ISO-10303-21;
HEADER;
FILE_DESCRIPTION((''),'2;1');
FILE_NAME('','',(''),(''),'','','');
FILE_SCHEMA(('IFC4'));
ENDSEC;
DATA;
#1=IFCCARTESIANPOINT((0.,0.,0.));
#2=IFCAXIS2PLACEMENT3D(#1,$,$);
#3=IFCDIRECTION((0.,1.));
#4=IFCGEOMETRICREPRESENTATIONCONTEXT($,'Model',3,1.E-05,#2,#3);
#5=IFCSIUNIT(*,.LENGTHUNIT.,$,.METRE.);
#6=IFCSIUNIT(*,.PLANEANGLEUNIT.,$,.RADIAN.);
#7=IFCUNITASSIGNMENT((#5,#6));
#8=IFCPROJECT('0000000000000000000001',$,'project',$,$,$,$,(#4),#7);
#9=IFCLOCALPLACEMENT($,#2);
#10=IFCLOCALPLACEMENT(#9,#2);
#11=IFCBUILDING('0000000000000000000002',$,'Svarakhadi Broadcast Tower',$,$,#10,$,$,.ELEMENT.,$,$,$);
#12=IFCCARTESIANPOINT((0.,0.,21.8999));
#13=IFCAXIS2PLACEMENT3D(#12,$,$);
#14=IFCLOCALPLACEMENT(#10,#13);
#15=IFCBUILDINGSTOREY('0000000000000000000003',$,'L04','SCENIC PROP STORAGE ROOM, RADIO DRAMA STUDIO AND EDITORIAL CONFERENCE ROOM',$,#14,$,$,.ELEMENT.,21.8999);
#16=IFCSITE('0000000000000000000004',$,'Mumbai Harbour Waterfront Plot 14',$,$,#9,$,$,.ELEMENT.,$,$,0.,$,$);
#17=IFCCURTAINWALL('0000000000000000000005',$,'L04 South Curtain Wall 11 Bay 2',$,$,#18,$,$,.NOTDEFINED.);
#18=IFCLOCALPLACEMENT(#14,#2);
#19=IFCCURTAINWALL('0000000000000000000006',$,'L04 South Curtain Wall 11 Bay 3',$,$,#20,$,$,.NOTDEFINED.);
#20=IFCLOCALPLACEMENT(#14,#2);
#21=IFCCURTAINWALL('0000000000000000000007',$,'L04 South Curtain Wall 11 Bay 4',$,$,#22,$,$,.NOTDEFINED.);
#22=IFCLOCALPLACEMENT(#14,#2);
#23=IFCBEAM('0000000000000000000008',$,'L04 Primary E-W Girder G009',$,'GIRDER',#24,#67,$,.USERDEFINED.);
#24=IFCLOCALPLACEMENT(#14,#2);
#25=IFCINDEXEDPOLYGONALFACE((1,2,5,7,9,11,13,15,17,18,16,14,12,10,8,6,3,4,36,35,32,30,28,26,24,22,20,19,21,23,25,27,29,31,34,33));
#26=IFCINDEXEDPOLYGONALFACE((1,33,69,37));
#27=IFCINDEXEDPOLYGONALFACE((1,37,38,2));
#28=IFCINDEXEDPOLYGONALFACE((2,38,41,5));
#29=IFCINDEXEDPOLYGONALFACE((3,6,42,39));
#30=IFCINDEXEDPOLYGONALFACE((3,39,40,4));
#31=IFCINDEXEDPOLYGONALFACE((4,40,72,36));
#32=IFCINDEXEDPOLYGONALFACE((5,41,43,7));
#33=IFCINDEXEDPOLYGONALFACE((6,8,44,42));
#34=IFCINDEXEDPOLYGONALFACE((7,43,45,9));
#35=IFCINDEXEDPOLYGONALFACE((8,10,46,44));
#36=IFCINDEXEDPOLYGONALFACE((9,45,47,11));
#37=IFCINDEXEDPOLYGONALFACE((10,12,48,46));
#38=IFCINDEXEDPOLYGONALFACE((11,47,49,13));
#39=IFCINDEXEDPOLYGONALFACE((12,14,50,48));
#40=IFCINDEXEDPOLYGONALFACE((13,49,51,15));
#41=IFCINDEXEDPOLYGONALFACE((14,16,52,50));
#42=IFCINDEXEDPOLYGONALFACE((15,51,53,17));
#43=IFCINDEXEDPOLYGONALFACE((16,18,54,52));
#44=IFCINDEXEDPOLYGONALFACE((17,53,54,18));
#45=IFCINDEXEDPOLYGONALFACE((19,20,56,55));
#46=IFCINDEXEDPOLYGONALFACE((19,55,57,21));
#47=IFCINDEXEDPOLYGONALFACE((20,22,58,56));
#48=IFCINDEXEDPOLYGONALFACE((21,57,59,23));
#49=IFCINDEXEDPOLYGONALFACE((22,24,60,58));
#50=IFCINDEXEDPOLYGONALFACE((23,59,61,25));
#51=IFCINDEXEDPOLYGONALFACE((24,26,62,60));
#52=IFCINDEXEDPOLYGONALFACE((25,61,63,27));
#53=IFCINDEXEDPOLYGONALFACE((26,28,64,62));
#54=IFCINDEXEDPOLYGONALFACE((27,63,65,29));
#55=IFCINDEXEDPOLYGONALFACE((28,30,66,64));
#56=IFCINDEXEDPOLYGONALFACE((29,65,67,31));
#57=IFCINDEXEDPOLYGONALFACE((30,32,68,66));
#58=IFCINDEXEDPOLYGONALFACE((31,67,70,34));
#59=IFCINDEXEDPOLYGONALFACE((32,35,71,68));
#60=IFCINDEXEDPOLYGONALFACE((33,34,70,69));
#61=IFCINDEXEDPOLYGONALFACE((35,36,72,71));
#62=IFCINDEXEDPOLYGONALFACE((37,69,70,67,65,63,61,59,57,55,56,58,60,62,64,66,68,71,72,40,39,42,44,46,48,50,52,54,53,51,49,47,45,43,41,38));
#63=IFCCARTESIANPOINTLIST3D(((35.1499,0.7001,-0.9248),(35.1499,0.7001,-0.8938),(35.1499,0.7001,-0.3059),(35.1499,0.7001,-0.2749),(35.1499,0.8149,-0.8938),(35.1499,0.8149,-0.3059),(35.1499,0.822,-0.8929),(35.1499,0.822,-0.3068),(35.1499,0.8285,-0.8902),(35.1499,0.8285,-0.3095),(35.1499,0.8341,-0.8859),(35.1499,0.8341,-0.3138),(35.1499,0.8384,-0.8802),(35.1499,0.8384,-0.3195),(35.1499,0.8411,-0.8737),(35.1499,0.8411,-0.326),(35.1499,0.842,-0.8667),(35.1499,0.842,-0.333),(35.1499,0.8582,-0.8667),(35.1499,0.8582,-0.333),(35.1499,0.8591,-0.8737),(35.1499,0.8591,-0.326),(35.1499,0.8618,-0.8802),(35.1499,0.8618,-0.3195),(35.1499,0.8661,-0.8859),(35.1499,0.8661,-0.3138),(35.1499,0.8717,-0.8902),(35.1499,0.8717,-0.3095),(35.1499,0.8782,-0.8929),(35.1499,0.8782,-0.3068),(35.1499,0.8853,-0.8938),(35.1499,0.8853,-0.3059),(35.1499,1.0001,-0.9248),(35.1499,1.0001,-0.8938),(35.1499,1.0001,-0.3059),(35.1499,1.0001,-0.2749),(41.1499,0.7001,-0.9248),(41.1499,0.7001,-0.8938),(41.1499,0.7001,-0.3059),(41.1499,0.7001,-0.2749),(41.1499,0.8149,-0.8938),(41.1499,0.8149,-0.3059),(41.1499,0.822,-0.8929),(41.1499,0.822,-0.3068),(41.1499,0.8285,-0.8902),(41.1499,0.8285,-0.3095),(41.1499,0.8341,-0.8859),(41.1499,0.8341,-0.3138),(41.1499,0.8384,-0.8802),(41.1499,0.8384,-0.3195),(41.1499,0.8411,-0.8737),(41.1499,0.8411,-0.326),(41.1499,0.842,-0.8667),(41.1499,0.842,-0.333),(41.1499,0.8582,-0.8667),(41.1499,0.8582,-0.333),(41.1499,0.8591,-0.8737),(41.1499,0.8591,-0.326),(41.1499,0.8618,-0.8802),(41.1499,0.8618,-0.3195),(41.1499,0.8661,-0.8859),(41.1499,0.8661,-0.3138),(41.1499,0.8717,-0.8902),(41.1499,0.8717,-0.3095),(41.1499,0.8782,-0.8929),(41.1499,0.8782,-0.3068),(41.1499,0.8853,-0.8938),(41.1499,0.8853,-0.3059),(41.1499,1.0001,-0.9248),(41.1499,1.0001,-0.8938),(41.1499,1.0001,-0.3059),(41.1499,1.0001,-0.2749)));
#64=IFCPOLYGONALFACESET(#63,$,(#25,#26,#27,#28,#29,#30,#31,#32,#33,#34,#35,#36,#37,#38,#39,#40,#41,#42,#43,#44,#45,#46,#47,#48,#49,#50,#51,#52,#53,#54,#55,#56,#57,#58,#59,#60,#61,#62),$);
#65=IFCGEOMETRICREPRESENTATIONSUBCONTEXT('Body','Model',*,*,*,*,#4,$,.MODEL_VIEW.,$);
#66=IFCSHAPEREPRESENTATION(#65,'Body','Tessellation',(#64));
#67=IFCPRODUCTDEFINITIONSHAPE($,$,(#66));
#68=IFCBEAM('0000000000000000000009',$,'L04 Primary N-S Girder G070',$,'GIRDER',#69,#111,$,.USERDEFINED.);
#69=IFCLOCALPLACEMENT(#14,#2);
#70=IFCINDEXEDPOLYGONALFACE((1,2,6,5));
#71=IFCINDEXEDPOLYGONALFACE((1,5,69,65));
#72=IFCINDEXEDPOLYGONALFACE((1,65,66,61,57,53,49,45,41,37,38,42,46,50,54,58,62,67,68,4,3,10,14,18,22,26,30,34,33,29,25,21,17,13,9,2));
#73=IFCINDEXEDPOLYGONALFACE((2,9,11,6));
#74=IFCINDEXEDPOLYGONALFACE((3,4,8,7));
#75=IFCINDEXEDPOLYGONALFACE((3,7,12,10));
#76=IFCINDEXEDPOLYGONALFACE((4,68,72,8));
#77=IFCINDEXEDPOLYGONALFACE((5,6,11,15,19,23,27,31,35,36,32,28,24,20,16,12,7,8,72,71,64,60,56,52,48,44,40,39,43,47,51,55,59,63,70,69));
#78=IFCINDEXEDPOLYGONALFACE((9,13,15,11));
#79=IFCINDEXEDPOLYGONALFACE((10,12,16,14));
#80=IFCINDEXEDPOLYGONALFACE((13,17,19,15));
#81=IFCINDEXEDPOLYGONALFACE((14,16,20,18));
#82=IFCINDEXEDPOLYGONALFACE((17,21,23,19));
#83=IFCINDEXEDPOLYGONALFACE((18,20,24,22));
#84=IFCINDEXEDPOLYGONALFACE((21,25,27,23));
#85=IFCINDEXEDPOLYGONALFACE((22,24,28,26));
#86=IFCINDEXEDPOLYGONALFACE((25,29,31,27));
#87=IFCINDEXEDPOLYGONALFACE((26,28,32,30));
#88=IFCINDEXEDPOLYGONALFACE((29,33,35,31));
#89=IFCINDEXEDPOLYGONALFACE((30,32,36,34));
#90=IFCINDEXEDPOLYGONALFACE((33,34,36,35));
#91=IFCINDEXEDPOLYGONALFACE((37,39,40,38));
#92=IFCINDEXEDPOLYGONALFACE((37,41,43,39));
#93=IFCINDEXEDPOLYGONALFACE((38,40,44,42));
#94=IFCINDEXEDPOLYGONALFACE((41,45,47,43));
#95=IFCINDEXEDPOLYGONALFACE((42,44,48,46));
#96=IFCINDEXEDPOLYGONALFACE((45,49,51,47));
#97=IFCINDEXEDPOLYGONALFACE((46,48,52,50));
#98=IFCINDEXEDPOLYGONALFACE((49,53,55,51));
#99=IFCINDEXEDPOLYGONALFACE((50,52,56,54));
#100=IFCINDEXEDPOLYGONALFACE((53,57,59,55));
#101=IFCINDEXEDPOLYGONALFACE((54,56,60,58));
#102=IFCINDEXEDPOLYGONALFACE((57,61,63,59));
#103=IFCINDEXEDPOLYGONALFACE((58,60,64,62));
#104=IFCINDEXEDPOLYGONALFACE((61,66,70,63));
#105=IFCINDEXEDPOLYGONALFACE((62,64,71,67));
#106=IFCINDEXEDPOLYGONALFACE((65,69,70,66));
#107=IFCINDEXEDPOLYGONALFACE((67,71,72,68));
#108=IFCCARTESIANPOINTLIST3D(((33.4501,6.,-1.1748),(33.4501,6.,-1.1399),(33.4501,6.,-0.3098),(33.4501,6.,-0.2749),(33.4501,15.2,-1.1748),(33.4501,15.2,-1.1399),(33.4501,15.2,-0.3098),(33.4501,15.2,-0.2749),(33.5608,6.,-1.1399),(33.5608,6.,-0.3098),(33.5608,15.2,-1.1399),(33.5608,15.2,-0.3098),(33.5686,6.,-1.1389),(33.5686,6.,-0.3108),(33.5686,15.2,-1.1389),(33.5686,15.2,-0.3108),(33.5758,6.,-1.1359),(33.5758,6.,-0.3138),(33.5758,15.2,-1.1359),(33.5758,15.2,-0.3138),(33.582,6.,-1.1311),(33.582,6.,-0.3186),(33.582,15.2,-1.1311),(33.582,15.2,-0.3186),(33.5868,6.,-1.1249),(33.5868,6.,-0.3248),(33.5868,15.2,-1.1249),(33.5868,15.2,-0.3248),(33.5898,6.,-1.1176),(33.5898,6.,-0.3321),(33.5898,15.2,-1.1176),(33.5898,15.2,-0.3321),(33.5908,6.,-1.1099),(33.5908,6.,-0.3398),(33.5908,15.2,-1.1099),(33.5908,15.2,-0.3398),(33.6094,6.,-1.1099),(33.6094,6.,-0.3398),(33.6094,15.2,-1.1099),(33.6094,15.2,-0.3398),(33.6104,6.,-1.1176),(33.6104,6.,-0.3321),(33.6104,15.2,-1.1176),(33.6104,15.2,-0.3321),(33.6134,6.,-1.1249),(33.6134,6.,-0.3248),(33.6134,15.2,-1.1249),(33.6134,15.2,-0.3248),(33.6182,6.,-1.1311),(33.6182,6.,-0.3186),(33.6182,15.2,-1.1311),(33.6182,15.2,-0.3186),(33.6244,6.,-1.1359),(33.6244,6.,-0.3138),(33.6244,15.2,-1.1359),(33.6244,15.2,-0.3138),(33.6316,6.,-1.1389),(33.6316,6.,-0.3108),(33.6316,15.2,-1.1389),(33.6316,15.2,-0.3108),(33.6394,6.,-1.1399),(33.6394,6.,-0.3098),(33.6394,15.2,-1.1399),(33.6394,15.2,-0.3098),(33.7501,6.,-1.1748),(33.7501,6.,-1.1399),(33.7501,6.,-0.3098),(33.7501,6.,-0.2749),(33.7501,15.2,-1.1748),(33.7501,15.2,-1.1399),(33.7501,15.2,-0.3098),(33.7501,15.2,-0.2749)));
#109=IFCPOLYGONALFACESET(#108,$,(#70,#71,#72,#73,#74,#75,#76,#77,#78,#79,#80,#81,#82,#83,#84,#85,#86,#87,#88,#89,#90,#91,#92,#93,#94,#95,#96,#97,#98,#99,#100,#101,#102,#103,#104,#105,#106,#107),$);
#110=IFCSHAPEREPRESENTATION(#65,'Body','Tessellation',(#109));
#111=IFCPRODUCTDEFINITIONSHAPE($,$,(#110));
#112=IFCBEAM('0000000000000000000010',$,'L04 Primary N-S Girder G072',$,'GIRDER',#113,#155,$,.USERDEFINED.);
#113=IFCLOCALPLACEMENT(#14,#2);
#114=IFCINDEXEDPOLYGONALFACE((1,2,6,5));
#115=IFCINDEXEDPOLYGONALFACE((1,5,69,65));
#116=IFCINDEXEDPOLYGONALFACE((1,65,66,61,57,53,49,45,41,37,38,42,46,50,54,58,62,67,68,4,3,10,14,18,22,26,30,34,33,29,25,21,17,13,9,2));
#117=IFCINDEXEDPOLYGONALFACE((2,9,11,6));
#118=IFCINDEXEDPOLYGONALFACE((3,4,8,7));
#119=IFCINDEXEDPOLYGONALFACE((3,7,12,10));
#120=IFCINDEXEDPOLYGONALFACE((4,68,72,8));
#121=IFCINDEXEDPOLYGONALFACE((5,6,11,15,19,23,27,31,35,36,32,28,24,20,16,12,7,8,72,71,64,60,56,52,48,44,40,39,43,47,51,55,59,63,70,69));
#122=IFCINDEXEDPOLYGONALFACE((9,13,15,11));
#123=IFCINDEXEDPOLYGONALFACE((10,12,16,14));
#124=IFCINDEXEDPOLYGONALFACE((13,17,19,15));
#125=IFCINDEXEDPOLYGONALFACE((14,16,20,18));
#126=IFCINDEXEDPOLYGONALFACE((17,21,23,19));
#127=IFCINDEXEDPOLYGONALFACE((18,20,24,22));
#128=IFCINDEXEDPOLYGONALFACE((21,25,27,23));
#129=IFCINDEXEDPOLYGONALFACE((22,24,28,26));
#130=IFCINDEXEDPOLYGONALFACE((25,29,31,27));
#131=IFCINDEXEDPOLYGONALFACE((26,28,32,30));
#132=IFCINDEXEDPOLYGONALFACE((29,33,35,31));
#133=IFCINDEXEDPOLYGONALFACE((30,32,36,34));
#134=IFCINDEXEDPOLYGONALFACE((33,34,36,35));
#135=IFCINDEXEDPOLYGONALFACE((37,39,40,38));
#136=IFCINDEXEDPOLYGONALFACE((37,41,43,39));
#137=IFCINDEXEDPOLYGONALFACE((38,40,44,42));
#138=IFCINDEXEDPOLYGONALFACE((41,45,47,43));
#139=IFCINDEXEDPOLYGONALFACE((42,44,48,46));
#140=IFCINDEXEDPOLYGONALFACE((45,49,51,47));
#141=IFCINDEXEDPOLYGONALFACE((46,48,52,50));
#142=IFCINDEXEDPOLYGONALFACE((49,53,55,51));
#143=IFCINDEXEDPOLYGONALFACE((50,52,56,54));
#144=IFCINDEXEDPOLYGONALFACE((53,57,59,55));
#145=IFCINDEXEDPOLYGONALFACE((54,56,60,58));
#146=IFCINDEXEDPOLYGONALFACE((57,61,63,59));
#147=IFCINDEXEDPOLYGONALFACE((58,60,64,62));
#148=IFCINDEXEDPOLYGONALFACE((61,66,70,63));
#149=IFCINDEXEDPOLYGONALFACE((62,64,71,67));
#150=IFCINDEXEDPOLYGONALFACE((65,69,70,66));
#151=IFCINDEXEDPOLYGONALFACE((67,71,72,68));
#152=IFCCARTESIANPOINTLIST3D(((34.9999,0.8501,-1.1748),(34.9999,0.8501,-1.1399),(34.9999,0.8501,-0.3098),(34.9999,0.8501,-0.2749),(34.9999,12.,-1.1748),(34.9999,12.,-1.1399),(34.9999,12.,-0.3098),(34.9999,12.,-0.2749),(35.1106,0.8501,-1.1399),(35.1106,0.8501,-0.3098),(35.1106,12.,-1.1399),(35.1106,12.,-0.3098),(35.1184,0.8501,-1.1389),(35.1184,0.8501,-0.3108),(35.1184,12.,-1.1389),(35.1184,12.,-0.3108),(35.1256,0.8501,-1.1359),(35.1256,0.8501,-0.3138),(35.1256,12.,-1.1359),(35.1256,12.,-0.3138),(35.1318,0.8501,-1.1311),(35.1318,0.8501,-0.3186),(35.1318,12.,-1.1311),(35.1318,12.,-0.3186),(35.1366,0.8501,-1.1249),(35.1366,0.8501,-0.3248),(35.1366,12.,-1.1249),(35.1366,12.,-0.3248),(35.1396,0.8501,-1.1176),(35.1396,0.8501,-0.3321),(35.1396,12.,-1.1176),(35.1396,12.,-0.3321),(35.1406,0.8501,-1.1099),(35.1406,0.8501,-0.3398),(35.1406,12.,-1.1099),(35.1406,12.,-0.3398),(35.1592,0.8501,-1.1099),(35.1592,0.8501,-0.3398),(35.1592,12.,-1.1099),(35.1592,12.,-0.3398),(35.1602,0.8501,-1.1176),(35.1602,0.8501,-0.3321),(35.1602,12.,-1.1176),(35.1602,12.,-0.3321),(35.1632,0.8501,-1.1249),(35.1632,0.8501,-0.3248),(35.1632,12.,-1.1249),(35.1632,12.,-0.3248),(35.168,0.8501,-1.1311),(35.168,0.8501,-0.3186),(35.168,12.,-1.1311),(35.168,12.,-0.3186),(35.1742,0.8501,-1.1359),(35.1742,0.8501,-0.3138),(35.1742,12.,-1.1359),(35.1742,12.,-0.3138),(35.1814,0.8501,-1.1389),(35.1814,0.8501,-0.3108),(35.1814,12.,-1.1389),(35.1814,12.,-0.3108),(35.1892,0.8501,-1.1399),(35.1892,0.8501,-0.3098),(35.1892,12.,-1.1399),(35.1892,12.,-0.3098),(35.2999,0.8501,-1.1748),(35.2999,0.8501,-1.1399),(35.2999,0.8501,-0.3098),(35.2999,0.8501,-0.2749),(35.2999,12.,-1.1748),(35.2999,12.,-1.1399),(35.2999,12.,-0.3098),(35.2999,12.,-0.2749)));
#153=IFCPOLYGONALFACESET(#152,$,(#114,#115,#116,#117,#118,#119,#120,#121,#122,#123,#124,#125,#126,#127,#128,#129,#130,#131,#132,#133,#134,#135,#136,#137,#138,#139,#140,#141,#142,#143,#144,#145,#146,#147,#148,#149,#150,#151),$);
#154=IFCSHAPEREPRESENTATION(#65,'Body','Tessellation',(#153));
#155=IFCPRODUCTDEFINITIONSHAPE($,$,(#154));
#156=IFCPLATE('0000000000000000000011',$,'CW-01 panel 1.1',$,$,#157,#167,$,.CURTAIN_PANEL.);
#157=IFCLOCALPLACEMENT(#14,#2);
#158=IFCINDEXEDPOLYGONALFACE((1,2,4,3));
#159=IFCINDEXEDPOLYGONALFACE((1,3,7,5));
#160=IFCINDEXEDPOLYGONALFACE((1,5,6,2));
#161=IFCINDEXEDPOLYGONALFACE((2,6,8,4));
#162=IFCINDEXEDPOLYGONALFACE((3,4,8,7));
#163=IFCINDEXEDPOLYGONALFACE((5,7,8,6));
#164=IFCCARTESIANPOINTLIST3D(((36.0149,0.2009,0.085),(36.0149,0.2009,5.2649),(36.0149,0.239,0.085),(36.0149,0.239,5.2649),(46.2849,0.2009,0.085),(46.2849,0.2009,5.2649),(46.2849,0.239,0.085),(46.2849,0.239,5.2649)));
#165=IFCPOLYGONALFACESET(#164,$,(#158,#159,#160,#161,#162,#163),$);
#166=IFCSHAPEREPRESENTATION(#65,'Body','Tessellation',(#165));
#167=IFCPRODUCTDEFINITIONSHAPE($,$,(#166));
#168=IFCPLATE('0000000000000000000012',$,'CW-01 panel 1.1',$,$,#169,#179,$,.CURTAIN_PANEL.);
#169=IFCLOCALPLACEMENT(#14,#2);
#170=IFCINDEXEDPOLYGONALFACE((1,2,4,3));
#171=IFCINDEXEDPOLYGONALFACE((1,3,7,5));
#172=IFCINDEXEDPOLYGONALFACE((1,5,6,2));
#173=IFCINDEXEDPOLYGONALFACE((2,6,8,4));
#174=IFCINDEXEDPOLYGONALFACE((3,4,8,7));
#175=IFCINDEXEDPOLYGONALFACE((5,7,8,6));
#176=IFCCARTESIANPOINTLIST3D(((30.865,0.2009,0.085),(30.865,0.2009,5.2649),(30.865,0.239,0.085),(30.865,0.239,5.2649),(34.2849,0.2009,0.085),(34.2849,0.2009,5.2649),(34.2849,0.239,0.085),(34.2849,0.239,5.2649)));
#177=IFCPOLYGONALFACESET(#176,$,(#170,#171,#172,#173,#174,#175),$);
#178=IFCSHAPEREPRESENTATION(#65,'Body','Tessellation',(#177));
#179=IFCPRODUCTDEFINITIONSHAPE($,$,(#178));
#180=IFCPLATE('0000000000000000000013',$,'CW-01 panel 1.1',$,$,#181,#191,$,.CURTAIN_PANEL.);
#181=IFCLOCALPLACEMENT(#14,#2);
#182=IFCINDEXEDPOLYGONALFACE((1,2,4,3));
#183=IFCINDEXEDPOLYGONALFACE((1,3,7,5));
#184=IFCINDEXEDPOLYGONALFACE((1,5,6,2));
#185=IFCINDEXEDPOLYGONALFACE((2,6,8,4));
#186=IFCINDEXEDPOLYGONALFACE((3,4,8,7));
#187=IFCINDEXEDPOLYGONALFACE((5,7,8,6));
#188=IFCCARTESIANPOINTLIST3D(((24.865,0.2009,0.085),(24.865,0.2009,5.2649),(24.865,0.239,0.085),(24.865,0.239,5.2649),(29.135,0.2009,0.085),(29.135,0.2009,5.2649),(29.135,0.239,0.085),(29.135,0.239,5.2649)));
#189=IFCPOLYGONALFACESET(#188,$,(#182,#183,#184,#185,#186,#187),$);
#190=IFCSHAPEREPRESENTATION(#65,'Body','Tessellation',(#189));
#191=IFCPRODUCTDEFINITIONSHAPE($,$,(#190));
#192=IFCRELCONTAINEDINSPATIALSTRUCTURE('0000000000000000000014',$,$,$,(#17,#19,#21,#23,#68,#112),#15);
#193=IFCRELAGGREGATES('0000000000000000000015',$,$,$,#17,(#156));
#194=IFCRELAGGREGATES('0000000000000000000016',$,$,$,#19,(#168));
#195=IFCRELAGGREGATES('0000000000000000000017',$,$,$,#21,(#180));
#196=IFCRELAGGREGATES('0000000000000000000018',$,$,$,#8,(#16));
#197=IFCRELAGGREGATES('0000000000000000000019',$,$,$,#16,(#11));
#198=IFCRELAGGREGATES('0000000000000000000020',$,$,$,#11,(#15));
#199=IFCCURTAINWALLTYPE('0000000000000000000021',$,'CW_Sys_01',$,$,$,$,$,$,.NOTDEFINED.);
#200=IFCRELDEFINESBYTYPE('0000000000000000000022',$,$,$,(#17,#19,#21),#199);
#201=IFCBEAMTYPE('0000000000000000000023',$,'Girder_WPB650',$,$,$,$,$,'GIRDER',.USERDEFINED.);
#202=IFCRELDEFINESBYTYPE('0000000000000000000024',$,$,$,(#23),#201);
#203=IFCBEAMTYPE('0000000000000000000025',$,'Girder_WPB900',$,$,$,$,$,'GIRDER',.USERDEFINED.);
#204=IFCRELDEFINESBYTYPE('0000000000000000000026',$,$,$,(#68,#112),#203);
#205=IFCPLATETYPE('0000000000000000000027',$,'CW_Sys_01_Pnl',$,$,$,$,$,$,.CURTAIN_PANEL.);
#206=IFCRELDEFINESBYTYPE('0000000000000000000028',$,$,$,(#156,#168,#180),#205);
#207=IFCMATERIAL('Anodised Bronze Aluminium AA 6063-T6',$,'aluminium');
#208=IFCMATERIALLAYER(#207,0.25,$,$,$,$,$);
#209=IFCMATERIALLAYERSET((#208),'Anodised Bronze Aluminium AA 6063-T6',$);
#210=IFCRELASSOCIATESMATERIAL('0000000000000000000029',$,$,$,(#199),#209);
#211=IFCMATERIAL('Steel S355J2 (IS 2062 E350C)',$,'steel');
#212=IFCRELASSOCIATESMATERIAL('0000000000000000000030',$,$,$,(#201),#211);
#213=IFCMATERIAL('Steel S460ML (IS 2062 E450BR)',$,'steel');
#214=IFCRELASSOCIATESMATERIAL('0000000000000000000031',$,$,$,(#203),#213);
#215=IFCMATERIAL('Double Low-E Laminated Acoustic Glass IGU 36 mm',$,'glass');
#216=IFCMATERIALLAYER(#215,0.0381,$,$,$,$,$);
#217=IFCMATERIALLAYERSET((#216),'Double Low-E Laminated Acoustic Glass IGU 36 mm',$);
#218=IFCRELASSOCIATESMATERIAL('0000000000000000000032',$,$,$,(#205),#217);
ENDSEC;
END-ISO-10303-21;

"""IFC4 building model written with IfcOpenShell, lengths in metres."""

from ifc_helpers import new_model, si_unit, direction, frame, origin, origin_2d, place, context, subcontext, project, spatial, rectangle, i_section, extrude, material, layer, layer_set, material_profile, profile_set, type_object, element, aggregate, save


model = new_model("IFC4")

# Units and contexts
model_context = context("Model", 3, precision=1e-05, world=origin(), true_north=direction((0.0, 1.0)))
body_context = subcontext(model_context, "Body", "Model", "MODEL_VIEW")
ifc_project = project(units=[si_unit("LENGTHUNIT", "METRE"), si_unit("PLANEANGLEUNIT", "RADIAN")], contexts=[model_context])

# Site, building, storey
site_placement = place(None, origin())
site = spatial("IfcSite", under=ifc_project, at=site_placement, Name="Mumbai Harbour Waterfront Plot 14", CompositionType="ELEMENT", RefElevation=0.0)
building_placement = place(site_placement, origin())
building = spatial("IfcBuilding", under=site, at=building_placement, Name="Svarakhadi Broadcast Tower", CompositionType="ELEMENT")
storey_placement = place(building_placement, frame((0.0, 0.0, 21.8999)))
storey = spatial("IfcBuildingStorey", under=building, at=storey_placement, Name="L04", Description="SCENIC PROP STORAGE ROOM, RADIO DRAMA STUDIO AND EDITORIAL CONFERENCE ROOM", CompositionType="ELEMENT", Elevation=21.8999)

# Shared definitions
ifc_material_1 = material(Name="Steel S460ML (IS 2062 E450BR)", Category="steel")

# Shared definitions
ifc_material_2 = material(Name="Steel S355J2 (IS 2062 E350C)", Category="steel")

# Curtain wall
ifc_material_3 = material(Name="Anodised Bronze Aluminium AA 6063-T6", Category="aluminium")
ifc_layer_1 = layer(ifc_material_3, 0.25)
ifc_layer_set_1 = layer_set([ifc_layer_1], Name="Anodised Bronze Aluminium AA 6063-T6")
curtain_wall_type = type_object("IfcCurtainWallType", Name="CW_Sys_01", PredefinedType="NOTDEFINED", material=ifc_layer_set_1)
curtain_wall_1_placement = place(storey_placement, origin())
curtain_wall_1 = element("IfcCurtainWall", 1, at=curtain_wall_1_placement, inside=storey, type_object=curtain_wall_type, Name="L04 South Curtain Wall 11 Bay 2", PredefinedType="NOTDEFINED")

# Curtain walls
curtain_wall_2_placement = place(storey_placement, origin())
curtain_wall_2 = element("IfcCurtainWall", 2, at=curtain_wall_2_placement, inside=storey, type_object=curtain_wall_type, Name="L04 South Curtain Wall 11 Bay 3", PredefinedType="NOTDEFINED")
curtain_wall_3_placement = place(storey_placement, origin())
curtain_wall_3 = element("IfcCurtainWall", 3, at=curtain_wall_3_placement, inside=storey, type_object=curtain_wall_type, Name="L04 South Curtain Wall 11 Bay 4", PredefinedType="NOTDEFINED")

# Beams
ifc_material_profile_1 = material_profile(ifc_material_2, i_section(OverallWidth=0.3, OverallDepth=0.6499, WebThickness=0.0161, FlangeThickness=0.031, FilletRadius=0.0271, at=origin_2d()), Name="WPB 650x300x225")
ifc_profile_set_1 = profile_set([ifc_material_profile_1], Name="Steel S355J2 (IS 2062 E350C)")
beam_type_1 = type_object("IfcBeamType", Name="Girder_WPB650", ElementType="GIRDER", PredefinedType="USERDEFINED", material=ifc_profile_set_1)
beam_1_placement = place(storey_placement, frame((35.1499, 0.8501, -0.5999), z_axis=(1.0, 0.0, 0.0), x_axis=(0.0, 1.0, 0.0)))
element("IfcBeam", 4, at=beam_1_placement, inside=storey, type_object=beam_type_1, Name="L04 Primary E-W Girder G009", ObjectType="GIRDER", PredefinedType="USERDEFINED", context=body_context, shape_type="SweptSolid", body=[
    extrude(i_section(OverallWidth=0.3, OverallDepth=0.6499, WebThickness=0.0161, FlangeThickness=0.031, FilletRadius=0.0271, at=origin_2d()), origin(), (0.0, 0.0, 1.0), 6.0),
])
ifc_material_profile_2 = material_profile(ifc_material_1, i_section(OverallWidth=0.3, OverallDepth=0.8999, WebThickness=0.0186, FlangeThickness=0.0349, FilletRadius=0.03, at=origin_2d()), Name="WPB 900x300x291")
ifc_profile_set_2 = profile_set([ifc_material_profile_2], Name="Steel S460ML (IS 2062 E450BR)")
beam_type_2 = type_object("IfcBeamType", Name="Girder_WPB900", ElementType="GIRDER", PredefinedType="USERDEFINED", material=ifc_profile_set_2)
beam_2_placement = place(storey_placement, frame((33.6001, 6.0, -0.7249), z_axis=(0.0, 1.0, 0.0), x_axis=(-1.0, 0.0, 0.0)))
element("IfcBeam", 5, at=beam_2_placement, inside=storey, type_object=beam_type_2, Name="L04 Primary N-S Girder G070", ObjectType="GIRDER", PredefinedType="USERDEFINED", context=body_context, shape_type="SweptSolid", body=[
    extrude(i_section(OverallWidth=0.3, OverallDepth=0.8999, WebThickness=0.0186, FlangeThickness=0.0349, FilletRadius=0.03, at=origin_2d()), origin(), (0.0, 0.0, 1.0), 9.2),
])
beam_3_placement = place(storey_placement, frame((35.1499, 0.8501, -0.7249), z_axis=(0.0, 1.0, 0.0), x_axis=(-1.0, 0.0, 0.0)))
element("IfcBeam", 6, at=beam_3_placement, inside=storey, type_object=beam_type_2, Name="L04 Primary N-S Girder G072", ObjectType="GIRDER", PredefinedType="USERDEFINED", context=body_context, shape_type="SweptSolid", body=[
    extrude(i_section(OverallWidth=0.3, OverallDepth=0.8999, WebThickness=0.0186, FlangeThickness=0.0349, FilletRadius=0.03, at=origin_2d()), origin(), (0.0, 0.0, 1.0), 11.1499),
])

# Plates
ifc_material_4 = material(Name="Double Low-E Laminated Acoustic Glass IGU 36 mm", Category="glass")
ifc_layer_2 = layer(ifc_material_4, 0.0381)
ifc_layer_set_2 = layer_set([ifc_layer_2], Name="Double Low-E Laminated Acoustic Glass IGU 36 mm")
plate_type = type_object("IfcPlateType", Name="CW_Sys_01_Pnl", PredefinedType="CURTAIN_PANEL", material=ifc_layer_set_2)
plate_1_placement = place(storey_placement, frame((41.1499, 0.22, 0.085), z_axis=(0.0, 0.0, 1.0), x_axis=(-1.0, 0.0, 0.0)))
plate_1 = element("IfcPlate", 7, at=plate_1_placement, type_object=plate_type, Name="CW-01 panel 1.1", PredefinedType="CURTAIN_PANEL", context=body_context, shape_type="SweptSolid", body=[
    extrude(rectangle(XDim=10.27, YDim=0.0381, at=origin_2d()), origin(), (0.0, 0.0, 1.0), 5.1799),
])
aggregate(curtain_wall_1, [plate_1])
plate_2_placement = place(storey_placement, frame((32.575, 0.22, 0.085), z_axis=(0.0, 0.0, 1.0), x_axis=(-1.0, 0.0, 0.0)))
plate_2 = element("IfcPlate", 8, at=plate_2_placement, type_object=plate_type, Name="CW-01 panel 1.1", PredefinedType="CURTAIN_PANEL", context=body_context, shape_type="SweptSolid", body=[
    extrude(rectangle(XDim=3.4199, YDim=0.0381, at=origin_2d()), origin(), (0.0, 0.0, 1.0), 5.1799),
])
aggregate(curtain_wall_2, [plate_2])
plate_3_placement = place(storey_placement, frame((27.0, 0.22, 0.085), z_axis=(0.0, 0.0, 1.0), x_axis=(-1.0, 0.0, 0.0)))
plate_3 = element("IfcPlate", 9, at=plate_3_placement, type_object=plate_type, Name="CW-01 panel 1.1", PredefinedType="CURTAIN_PANEL", context=body_context, shape_type="SweptSolid", body=[
    extrude(rectangle(XDim=4.27, YDim=0.0381, at=origin_2d()), origin(), (0.0, 0.0, 1.0), 5.1799),
])
aggregate(curtain_wall_3, [plate_3])

save(model, "model.ifc")
